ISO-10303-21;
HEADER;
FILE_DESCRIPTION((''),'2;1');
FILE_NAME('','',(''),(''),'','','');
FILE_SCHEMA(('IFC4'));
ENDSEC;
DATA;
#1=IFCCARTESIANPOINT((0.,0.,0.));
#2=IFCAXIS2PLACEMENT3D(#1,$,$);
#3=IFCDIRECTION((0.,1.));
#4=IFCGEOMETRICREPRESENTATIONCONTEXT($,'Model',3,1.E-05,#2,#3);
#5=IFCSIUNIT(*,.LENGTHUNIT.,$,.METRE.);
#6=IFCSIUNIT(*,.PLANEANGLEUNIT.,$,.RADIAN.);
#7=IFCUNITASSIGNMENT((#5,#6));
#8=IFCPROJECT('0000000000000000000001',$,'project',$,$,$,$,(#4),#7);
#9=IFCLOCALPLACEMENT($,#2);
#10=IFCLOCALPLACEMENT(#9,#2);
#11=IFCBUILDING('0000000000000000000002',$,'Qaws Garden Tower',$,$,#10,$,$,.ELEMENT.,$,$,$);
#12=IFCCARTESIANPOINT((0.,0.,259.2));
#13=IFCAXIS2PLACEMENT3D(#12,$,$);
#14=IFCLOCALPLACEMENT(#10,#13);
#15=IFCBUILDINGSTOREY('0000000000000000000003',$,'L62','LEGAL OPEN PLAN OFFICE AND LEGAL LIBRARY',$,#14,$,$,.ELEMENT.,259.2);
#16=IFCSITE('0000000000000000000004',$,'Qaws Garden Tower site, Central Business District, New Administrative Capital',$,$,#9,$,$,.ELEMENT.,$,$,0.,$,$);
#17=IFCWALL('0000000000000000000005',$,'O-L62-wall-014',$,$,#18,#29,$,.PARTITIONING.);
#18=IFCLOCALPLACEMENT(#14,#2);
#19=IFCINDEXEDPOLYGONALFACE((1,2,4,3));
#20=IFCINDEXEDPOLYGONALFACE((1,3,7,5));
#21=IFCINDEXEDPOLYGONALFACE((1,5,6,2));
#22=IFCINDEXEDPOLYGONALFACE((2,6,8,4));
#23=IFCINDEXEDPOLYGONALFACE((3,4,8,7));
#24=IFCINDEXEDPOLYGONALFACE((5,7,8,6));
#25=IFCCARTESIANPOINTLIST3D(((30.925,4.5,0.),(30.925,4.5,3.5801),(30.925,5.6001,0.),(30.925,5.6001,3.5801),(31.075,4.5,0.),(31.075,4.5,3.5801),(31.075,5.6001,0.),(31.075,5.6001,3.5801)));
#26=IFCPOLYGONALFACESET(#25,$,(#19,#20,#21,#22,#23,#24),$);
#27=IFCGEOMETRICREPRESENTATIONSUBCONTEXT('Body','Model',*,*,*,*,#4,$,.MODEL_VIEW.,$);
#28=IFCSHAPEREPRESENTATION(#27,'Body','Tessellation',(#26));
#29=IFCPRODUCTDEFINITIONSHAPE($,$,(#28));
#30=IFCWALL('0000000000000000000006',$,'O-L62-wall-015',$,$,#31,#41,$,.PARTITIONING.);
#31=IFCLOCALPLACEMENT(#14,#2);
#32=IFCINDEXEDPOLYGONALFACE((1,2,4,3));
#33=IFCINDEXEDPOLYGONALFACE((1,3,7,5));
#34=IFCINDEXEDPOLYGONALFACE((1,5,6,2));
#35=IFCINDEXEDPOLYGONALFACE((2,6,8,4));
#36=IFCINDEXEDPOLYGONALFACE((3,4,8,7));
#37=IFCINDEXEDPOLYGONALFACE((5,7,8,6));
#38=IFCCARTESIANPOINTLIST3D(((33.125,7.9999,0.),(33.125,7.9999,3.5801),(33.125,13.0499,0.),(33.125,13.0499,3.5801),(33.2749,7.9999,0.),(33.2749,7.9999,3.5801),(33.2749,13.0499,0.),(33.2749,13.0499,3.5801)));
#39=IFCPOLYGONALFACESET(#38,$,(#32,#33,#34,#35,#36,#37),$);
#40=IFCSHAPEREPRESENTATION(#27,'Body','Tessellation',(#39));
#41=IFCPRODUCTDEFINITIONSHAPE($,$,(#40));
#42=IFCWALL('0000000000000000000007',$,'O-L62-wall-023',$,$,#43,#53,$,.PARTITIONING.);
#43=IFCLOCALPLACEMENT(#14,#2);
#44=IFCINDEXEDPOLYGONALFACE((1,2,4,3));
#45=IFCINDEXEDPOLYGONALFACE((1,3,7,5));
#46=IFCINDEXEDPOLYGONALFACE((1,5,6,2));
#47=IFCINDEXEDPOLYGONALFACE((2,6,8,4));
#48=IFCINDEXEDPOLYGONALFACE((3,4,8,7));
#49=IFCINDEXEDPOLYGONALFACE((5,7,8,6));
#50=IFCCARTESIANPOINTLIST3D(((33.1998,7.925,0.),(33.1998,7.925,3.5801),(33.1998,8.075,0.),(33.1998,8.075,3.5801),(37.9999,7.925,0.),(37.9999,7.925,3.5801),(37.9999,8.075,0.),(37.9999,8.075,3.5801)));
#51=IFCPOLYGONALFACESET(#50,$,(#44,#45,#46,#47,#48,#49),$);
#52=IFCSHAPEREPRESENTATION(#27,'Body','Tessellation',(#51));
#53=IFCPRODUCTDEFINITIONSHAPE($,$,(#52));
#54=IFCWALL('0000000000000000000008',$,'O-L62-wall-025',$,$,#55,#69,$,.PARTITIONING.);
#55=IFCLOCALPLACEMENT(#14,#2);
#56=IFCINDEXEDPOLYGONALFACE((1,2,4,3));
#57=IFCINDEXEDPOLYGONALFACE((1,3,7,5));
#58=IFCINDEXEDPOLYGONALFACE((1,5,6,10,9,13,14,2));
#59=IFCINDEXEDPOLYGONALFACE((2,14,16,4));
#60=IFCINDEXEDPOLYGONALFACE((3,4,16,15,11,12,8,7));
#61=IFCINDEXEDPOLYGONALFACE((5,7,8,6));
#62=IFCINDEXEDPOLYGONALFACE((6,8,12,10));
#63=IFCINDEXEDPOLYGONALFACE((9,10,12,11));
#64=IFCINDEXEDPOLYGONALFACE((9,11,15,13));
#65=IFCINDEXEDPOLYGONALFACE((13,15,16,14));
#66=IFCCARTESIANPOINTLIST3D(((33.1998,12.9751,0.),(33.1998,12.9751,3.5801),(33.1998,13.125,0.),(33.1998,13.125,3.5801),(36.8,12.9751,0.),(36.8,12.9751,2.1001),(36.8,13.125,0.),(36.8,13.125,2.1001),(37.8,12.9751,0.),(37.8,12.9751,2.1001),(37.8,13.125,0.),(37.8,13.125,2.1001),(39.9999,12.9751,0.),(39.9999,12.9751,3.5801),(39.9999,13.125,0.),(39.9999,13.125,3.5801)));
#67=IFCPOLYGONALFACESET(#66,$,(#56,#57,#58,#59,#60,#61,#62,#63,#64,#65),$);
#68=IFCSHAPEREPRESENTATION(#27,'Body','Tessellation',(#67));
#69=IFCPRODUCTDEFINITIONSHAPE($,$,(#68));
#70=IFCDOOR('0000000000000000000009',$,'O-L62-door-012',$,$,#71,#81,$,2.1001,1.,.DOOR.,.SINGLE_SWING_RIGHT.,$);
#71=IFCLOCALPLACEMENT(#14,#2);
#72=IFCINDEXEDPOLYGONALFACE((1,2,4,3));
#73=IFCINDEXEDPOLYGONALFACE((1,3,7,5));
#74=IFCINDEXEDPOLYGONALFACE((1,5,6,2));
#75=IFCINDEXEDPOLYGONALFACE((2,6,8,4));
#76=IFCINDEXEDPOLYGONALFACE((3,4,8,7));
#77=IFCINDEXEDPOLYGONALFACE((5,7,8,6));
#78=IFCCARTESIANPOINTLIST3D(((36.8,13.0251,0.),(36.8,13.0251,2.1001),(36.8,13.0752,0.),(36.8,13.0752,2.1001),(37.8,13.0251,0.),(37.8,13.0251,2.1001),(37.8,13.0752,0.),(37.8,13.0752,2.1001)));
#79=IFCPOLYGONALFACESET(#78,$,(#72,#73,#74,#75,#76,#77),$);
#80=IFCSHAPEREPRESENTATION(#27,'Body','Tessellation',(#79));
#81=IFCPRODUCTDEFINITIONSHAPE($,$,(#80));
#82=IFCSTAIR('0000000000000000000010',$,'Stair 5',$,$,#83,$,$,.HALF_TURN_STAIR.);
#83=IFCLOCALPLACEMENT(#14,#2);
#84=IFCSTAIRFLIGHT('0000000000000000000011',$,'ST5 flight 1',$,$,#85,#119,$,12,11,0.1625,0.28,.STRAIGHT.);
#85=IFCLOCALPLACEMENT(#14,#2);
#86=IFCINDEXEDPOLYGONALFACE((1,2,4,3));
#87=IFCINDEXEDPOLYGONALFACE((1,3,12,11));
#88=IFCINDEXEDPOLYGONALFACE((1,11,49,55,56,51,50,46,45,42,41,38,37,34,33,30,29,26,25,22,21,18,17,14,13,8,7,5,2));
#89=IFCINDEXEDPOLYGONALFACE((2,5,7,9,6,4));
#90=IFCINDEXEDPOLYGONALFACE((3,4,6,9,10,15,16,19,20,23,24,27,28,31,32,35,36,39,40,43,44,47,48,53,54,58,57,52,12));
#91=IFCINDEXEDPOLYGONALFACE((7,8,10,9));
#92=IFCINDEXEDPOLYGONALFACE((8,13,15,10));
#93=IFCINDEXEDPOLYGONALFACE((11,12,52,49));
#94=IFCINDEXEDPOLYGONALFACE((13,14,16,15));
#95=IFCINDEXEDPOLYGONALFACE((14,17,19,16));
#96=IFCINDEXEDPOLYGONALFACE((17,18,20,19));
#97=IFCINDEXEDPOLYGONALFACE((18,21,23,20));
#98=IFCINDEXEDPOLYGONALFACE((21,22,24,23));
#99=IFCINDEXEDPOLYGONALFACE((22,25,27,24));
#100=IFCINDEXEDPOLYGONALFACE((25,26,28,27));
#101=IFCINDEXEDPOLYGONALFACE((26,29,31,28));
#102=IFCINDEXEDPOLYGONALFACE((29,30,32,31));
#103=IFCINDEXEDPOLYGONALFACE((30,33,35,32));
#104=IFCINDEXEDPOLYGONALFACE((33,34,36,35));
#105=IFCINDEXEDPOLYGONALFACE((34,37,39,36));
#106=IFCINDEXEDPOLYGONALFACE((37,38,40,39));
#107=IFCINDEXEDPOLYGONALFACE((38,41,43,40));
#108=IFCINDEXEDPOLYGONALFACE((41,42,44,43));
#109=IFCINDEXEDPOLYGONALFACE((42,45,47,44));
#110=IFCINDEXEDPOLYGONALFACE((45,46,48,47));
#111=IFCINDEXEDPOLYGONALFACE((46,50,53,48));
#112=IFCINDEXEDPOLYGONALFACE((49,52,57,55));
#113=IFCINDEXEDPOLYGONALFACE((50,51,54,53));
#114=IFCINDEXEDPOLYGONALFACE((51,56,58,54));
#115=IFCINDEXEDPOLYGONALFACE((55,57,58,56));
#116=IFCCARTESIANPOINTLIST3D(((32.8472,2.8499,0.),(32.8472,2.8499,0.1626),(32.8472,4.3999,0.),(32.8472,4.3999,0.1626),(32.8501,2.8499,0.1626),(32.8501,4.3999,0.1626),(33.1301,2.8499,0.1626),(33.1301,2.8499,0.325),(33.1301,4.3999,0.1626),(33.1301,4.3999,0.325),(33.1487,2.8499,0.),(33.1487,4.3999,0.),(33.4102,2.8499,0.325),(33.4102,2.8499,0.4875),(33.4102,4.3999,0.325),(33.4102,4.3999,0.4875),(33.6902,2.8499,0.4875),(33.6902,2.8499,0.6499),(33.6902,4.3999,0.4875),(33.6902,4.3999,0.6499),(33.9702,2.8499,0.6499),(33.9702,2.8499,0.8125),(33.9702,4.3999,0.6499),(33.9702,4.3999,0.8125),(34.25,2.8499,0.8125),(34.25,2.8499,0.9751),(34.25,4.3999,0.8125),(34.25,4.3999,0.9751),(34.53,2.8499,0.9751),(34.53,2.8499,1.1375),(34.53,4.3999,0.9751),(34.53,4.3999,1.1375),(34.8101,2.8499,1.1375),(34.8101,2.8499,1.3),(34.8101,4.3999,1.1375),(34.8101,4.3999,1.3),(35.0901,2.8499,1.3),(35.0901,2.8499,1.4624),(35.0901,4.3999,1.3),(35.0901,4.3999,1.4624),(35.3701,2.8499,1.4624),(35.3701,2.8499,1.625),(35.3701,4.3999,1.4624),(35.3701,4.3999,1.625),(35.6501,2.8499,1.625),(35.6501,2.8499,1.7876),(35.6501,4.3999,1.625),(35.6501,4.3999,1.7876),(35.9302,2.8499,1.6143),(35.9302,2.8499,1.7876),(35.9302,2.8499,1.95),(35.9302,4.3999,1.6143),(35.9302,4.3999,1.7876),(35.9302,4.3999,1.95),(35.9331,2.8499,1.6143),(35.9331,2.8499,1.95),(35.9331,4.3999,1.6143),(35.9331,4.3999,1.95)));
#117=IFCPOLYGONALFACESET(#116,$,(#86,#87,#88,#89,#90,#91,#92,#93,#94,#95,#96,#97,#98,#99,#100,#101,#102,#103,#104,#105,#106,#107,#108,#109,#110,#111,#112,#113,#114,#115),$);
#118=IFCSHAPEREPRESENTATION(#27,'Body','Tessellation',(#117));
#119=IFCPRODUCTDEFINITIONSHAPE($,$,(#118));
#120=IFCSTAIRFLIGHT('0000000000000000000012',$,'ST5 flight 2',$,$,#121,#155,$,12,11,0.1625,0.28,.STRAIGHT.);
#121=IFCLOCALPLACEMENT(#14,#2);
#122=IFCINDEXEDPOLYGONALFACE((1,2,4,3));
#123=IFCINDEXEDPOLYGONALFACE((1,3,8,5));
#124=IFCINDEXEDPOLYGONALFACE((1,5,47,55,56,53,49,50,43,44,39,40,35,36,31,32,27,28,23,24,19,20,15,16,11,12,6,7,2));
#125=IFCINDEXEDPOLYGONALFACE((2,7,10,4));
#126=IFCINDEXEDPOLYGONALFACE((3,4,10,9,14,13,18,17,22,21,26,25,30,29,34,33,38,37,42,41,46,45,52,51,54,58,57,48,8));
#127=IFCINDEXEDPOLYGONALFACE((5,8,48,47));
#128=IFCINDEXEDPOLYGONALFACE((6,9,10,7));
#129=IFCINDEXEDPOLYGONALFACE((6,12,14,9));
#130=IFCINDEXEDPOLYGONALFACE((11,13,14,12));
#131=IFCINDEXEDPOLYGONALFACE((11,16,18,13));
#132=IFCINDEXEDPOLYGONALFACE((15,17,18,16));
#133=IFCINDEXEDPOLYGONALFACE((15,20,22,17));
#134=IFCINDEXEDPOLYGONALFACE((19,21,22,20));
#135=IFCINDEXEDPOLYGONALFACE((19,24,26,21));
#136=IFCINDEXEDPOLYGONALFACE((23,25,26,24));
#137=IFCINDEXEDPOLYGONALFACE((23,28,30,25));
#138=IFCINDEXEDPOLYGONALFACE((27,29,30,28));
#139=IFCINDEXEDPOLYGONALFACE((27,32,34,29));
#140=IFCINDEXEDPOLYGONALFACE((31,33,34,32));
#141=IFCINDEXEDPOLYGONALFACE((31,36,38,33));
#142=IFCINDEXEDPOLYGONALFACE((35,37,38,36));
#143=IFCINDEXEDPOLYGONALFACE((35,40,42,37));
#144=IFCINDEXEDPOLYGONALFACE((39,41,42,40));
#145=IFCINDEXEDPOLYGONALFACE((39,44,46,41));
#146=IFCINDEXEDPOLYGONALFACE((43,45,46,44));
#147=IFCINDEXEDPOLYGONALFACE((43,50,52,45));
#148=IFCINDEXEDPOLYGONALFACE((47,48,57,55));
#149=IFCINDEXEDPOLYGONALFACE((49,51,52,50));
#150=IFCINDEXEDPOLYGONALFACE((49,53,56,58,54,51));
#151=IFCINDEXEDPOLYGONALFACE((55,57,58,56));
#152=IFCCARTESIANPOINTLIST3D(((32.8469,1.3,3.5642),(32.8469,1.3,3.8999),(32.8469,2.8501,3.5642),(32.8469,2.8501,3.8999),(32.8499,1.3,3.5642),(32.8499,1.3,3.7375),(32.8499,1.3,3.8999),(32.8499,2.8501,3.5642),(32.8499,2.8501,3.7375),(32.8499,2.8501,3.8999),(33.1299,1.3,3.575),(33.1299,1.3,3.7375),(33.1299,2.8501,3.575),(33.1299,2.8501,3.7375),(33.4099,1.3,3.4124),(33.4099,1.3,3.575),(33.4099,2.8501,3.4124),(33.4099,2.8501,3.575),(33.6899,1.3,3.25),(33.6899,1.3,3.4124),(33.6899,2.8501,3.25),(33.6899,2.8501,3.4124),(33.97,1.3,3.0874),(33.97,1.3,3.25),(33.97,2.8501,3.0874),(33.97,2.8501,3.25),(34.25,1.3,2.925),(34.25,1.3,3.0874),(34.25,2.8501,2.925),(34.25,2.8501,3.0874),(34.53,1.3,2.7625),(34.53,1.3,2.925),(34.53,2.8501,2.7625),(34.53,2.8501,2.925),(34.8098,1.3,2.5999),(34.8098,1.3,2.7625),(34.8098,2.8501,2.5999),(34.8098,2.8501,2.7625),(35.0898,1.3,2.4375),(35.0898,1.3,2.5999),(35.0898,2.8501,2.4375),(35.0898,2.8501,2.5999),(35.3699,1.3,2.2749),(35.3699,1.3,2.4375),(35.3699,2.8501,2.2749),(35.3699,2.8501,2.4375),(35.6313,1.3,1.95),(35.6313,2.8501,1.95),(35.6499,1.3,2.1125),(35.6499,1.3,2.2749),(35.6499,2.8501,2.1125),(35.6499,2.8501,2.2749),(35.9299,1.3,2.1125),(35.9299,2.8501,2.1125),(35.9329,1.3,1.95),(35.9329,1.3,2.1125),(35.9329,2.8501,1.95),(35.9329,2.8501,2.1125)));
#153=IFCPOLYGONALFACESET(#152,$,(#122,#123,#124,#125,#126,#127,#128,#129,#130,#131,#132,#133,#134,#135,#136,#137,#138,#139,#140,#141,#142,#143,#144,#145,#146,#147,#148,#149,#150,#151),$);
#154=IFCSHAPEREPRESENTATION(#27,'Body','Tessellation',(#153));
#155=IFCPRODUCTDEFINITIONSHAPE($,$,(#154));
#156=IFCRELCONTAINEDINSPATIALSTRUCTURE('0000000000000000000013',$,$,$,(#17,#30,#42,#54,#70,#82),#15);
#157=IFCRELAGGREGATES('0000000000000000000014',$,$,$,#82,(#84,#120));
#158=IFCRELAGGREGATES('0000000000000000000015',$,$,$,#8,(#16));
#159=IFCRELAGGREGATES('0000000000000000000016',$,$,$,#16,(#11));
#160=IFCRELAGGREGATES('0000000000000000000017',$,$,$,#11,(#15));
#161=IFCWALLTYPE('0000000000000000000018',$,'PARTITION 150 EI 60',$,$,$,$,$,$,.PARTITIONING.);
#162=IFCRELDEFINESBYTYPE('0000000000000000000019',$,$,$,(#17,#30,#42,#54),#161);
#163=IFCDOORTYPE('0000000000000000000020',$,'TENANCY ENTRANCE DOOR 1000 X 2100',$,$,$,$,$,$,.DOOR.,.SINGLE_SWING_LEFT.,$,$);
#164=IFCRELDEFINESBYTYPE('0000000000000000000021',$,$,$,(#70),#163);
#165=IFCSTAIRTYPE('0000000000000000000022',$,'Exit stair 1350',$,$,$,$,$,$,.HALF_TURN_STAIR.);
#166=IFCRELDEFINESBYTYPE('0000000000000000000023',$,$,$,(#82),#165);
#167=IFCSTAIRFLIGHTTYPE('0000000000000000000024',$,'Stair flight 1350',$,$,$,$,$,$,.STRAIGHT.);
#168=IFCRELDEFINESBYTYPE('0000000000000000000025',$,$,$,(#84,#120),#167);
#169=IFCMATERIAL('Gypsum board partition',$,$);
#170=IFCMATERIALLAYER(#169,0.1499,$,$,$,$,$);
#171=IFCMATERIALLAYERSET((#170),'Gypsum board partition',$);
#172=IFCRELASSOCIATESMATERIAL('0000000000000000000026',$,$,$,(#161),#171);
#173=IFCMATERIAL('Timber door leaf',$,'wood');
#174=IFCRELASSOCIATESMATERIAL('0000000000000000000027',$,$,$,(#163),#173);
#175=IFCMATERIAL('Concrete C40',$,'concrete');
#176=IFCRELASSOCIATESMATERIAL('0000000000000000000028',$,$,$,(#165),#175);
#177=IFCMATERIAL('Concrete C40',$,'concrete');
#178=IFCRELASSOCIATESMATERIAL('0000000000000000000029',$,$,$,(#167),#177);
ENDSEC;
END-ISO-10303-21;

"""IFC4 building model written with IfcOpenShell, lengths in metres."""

from ifc_helpers import new_model, si_unit, direction, frame, frame_2d, origin, place, context, subcontext, project, spatial, polyline, rectangle, outline, extrude, material, layer, layer_set, type_object, element, fill, aggregate, save


model = new_model("IFC4")

# Units and contexts
model_context = context("Model", 3, precision=1e-05, world=origin(), true_north=direction((0.0, 1.0)))
body_context = subcontext(model_context, "Body", "Model", "MODEL_VIEW")
ifc_project = project(units=[si_unit("LENGTHUNIT", "METRE"), si_unit("PLANEANGLEUNIT", "RADIAN")], contexts=[model_context])

# Site, building, storey
site_placement = place(None, origin())
site = spatial("IfcSite", under=ifc_project, at=site_placement, Name="Qaws Garden Tower site, Central Business District, New Administrative Capital", CompositionType="ELEMENT", RefElevation=0.0)
building_placement = place(site_placement, origin())
building = spatial("IfcBuilding", under=site, at=building_placement, Name="Qaws Garden Tower", CompositionType="ELEMENT")
storey_placement = place(building_placement, frame((0.0, 0.0, 259.2)))
storey = spatial("IfcBuildingStorey", under=building, at=storey_placement, Name="L62", Description="LEGAL OPEN PLAN OFFICE AND LEGAL LIBRARY", CompositionType="ELEMENT", Elevation=259.2)

# Shared definitions
ifc_material_1 = material(Name="Gypsum board partition")
ifc_layer_1 = layer(ifc_material_1, 0.1499)
ifc_layer_set_1 = layer_set([ifc_layer_1], Name="Gypsum board partition")
wall_type_1 = type_object("IfcWallType", Name="PARTITION 150 EI 60", PredefinedType="PARTITIONING", material=ifc_layer_set_1)
ifc_material_2 = material(Name="Timber door leaf", Category="wood")
door_type_1 = type_object("IfcDoorType", Name="TENANCY ENTRANCE DOOR 1000 X 2100", OperationType="SINGLE_SWING_LEFT", PredefinedType="DOOR", material=ifc_material_2)

# Walls
wall_1_placement = place(storey_placement, frame((31.0, 4.5, 0.0), z_axis=(0.0, 0.0, 1.0), x_axis=(0.0, 1.0, 0.0)))
element("IfcWall", 1, at=wall_1_placement, inside=storey, type_object=wall_type_1, Name="O-L62-wall-014", PredefinedType="PARTITIONING", context=body_context, shape_type="SweptSolid", body=[
    extrude(rectangle(XDim=1.1001, YDim=0.1499, at=frame_2d((0.55, 0.0))), origin(), (0.0, 0.0, 1.0), 3.5801),
])
wall_2_placement = place(storey_placement, frame((33.2, 8.0, 0.0), z_axis=(0.0, 0.0, 1.0), x_axis=(0.0, 1.0, 0.0)))
element("IfcWall", 2, at=wall_2_placement, inside=storey, type_object=wall_type_1, Name="O-L62-wall-015", PredefinedType="PARTITIONING", context=body_context, shape_type="SweptSolid", body=[
    extrude(rectangle(XDim=5.05, YDim=0.1499, at=frame_2d((2.5249, 0.0))), origin(), (0.0, 0.0, 1.0), 3.5801),
])
wall_3_placement = place(storey_placement, frame((33.2, 8.0, 0.0), z_axis=(0.0, 0.0, 1.0), x_axis=(1.0, 0.0, 0.0)))
element("IfcWall", 3, at=wall_3_placement, inside=storey, type_object=wall_type_1, Name="O-L62-wall-023", PredefinedType="PARTITIONING", context=body_context, shape_type="SweptSolid", body=[
    extrude(rectangle(XDim=4.8, YDim=0.1499, at=frame_2d((2.3999, 0.0))), origin(), (0.0, 0.0, 1.0), 3.5801),
])

# Wall, opening, door
wall_4_placement = place(storey_placement, frame((33.2, 13.05, 0.0), z_axis=(0.0, 0.0, 1.0), x_axis=(1.0, 0.0, 0.0)))
wall_4 = element("IfcWall", 4, at=wall_4_placement, inside=storey, type_object=wall_type_1, Name="O-L62-wall-025", PredefinedType="PARTITIONING", context=body_context, shape_type="SweptSolid", body=[
    extrude(rectangle(XDim=6.8, YDim=0.1499, at=frame_2d((3.3999, 0.0))), origin(), (0.0, 0.0, 1.0), 3.5801),
])
opening_1_placement = place(wall_4_placement, frame((3.6001, 0.0, 0.0)))
opening_1 = element("IfcOpeningElement", 5, at=opening_1_placement, cuts=wall_4, PredefinedType="OPENING", context=body_context, shape_type="SweptSolid", body=[
    extrude(rectangle(XDim=1.0, YDim=2.1001, at=frame_2d((0.5, 1.05))), frame((0.0, 0.085, 0.0), z_axis=(0.0, -1.0, 0.0), x_axis=(1.0, 0.0, 0.0)), (0.0, 0.0, 1.0), 0.1699),
])
door_1_placement = place(opening_1_placement, frame((1.0, 0.0, 0.0), z_axis=(0.0, 0.0, 1.0), x_axis=(-1.0, 0.0, 0.0)))
door_1 = element("IfcDoor", 6, at=door_1_placement, inside=storey, type_object=door_type_1, Name="O-L62-door-012", OperationType="SINGLE_SWING_RIGHT", OverallHeight=2.1001, OverallWidth=1.0, PredefinedType="DOOR", context=body_context, shape_type="SweptSolid", body=[
    extrude(rectangle(XDim=1.0, YDim=2.1001, at=frame_2d((0.5, 1.05))), frame((0.0, 0.0249, 0.0), z_axis=(0.0, -1.0, 0.0), x_axis=(1.0, 0.0, 0.0)), (0.0, 0.0, 1.0), 0.05),
])
fill(opening_1, door_1)

# Stair, stair flights
ifc_material_3 = material(Name="Concrete C40", Category="concrete")
stair_type = type_object("IfcStairType", Name="Exit stair 1350", PredefinedType="HALF_TURN_STAIR", material=ifc_material_3)
stair_placement = place(storey_placement, origin())
stair = element("IfcStair", 7, at=stair_placement, inside=storey, type_object=stair_type, Name="Stair 5", PredefinedType="HALF_TURN_STAIR")
ifc_material_4 = material(Name="Concrete C40", Category="concrete")
stair_flight_type = type_object("IfcStairFlightType", Name="Stair flight 1350", PredefinedType="STRAIGHT", material=ifc_material_4)
stair_flight_1_placement = place(storey_placement, frame((32.8501, 3.625, 0.0), z_axis=(0.0, 0.0, 1.0), x_axis=(1.0, 0.0, 0.0)))
stair_flight_1 = element("IfcStairFlight", 8, at=stair_flight_1_placement, type_object=stair_flight_type, Name="ST5 flight 1", NumberOfRisers=12, NumberOfTreads=11, PredefinedType="STRAIGHT", RiserHeight=0.1625, TreadLength=0.28, context=body_context, shape_type="SweptSolid", body=[
    extrude(outline(polyline([(-0.0029, 0.0), (-0.0029, 0.1626), (0.0, 0.1626), (0.28, 0.1626), (0.28, 0.325), (0.5601, 0.325), (0.5601, 0.4875), (0.8401, 0.4875), (0.8401, 0.6499), (1.1201, 0.6499), (1.1201, 0.8125), (1.3999, 0.8125), (1.3999, 0.9751), (1.6799, 0.9751), (1.6799, 1.1375), (1.96, 1.1375), (1.96, 1.3), (2.24, 1.3), (2.24, 1.4624), (2.52, 1.4624), (2.52, 1.625), (2.8, 1.625), (2.8, 1.7876), (3.0801, 1.7876), (3.0801, 1.95), (3.083, 1.95), (3.083, 1.6143), (3.0801, 1.6143), (0.2986, 0.0), (-0.0029, 0.0)])), frame((0.0, 0.7749, 0.0), z_axis=(0.0, -1.0, 0.0), x_axis=(1.0, 0.0, 0.0)), (0.0, 0.0, 1.0), 1.55),
])
stair_flight_2_placement = place(storey_placement, frame((35.9299, 2.075, 1.95), z_axis=(0.0, 0.0, 1.0), x_axis=(-1.0, 0.0, 0.0)))
stair_flight_2 = element("IfcStairFlight", 9, at=stair_flight_2_placement, type_object=stair_flight_type, Name="ST5 flight 2", NumberOfRisers=12, NumberOfTreads=11, PredefinedType="STRAIGHT", RiserHeight=0.1625, TreadLength=0.28, context=body_context, shape_type="SweptSolid", body=[
    extrude(outline(polyline([(-0.0029, 0.0), (-0.0029, 0.1626), (0.0, 0.1626), (0.28, 0.1626), (0.28, 0.325), (0.5601, 0.325), (0.5601, 0.4875), (0.8401, 0.4875), (0.8401, 0.6499), (1.1201, 0.6499), (1.1201, 0.8125), (1.3999, 0.8125), (1.3999, 0.9751), (1.6799, 0.9751), (1.6799, 1.1375), (1.96, 1.1375), (1.96, 1.3), (2.24, 1.3), (2.24, 1.4624), (2.52, 1.4624), (2.52, 1.625), (2.8, 1.625), (2.8, 1.7876), (3.0801, 1.7876), (3.0801, 1.95), (3.083, 1.95), (3.083, 1.6143), (3.0801, 1.6143), (0.2986, 0.0), (-0.0029, 0.0)])), frame((0.0, 0.7749, 0.0), z_axis=(0.0, -1.0, 0.0), x_axis=(1.0, 0.0, 0.0)), (0.0, 0.0, 1.0), 1.55),
])
aggregate(stair, [stair_flight_1, stair_flight_2])

save(model, "model.ifc")
